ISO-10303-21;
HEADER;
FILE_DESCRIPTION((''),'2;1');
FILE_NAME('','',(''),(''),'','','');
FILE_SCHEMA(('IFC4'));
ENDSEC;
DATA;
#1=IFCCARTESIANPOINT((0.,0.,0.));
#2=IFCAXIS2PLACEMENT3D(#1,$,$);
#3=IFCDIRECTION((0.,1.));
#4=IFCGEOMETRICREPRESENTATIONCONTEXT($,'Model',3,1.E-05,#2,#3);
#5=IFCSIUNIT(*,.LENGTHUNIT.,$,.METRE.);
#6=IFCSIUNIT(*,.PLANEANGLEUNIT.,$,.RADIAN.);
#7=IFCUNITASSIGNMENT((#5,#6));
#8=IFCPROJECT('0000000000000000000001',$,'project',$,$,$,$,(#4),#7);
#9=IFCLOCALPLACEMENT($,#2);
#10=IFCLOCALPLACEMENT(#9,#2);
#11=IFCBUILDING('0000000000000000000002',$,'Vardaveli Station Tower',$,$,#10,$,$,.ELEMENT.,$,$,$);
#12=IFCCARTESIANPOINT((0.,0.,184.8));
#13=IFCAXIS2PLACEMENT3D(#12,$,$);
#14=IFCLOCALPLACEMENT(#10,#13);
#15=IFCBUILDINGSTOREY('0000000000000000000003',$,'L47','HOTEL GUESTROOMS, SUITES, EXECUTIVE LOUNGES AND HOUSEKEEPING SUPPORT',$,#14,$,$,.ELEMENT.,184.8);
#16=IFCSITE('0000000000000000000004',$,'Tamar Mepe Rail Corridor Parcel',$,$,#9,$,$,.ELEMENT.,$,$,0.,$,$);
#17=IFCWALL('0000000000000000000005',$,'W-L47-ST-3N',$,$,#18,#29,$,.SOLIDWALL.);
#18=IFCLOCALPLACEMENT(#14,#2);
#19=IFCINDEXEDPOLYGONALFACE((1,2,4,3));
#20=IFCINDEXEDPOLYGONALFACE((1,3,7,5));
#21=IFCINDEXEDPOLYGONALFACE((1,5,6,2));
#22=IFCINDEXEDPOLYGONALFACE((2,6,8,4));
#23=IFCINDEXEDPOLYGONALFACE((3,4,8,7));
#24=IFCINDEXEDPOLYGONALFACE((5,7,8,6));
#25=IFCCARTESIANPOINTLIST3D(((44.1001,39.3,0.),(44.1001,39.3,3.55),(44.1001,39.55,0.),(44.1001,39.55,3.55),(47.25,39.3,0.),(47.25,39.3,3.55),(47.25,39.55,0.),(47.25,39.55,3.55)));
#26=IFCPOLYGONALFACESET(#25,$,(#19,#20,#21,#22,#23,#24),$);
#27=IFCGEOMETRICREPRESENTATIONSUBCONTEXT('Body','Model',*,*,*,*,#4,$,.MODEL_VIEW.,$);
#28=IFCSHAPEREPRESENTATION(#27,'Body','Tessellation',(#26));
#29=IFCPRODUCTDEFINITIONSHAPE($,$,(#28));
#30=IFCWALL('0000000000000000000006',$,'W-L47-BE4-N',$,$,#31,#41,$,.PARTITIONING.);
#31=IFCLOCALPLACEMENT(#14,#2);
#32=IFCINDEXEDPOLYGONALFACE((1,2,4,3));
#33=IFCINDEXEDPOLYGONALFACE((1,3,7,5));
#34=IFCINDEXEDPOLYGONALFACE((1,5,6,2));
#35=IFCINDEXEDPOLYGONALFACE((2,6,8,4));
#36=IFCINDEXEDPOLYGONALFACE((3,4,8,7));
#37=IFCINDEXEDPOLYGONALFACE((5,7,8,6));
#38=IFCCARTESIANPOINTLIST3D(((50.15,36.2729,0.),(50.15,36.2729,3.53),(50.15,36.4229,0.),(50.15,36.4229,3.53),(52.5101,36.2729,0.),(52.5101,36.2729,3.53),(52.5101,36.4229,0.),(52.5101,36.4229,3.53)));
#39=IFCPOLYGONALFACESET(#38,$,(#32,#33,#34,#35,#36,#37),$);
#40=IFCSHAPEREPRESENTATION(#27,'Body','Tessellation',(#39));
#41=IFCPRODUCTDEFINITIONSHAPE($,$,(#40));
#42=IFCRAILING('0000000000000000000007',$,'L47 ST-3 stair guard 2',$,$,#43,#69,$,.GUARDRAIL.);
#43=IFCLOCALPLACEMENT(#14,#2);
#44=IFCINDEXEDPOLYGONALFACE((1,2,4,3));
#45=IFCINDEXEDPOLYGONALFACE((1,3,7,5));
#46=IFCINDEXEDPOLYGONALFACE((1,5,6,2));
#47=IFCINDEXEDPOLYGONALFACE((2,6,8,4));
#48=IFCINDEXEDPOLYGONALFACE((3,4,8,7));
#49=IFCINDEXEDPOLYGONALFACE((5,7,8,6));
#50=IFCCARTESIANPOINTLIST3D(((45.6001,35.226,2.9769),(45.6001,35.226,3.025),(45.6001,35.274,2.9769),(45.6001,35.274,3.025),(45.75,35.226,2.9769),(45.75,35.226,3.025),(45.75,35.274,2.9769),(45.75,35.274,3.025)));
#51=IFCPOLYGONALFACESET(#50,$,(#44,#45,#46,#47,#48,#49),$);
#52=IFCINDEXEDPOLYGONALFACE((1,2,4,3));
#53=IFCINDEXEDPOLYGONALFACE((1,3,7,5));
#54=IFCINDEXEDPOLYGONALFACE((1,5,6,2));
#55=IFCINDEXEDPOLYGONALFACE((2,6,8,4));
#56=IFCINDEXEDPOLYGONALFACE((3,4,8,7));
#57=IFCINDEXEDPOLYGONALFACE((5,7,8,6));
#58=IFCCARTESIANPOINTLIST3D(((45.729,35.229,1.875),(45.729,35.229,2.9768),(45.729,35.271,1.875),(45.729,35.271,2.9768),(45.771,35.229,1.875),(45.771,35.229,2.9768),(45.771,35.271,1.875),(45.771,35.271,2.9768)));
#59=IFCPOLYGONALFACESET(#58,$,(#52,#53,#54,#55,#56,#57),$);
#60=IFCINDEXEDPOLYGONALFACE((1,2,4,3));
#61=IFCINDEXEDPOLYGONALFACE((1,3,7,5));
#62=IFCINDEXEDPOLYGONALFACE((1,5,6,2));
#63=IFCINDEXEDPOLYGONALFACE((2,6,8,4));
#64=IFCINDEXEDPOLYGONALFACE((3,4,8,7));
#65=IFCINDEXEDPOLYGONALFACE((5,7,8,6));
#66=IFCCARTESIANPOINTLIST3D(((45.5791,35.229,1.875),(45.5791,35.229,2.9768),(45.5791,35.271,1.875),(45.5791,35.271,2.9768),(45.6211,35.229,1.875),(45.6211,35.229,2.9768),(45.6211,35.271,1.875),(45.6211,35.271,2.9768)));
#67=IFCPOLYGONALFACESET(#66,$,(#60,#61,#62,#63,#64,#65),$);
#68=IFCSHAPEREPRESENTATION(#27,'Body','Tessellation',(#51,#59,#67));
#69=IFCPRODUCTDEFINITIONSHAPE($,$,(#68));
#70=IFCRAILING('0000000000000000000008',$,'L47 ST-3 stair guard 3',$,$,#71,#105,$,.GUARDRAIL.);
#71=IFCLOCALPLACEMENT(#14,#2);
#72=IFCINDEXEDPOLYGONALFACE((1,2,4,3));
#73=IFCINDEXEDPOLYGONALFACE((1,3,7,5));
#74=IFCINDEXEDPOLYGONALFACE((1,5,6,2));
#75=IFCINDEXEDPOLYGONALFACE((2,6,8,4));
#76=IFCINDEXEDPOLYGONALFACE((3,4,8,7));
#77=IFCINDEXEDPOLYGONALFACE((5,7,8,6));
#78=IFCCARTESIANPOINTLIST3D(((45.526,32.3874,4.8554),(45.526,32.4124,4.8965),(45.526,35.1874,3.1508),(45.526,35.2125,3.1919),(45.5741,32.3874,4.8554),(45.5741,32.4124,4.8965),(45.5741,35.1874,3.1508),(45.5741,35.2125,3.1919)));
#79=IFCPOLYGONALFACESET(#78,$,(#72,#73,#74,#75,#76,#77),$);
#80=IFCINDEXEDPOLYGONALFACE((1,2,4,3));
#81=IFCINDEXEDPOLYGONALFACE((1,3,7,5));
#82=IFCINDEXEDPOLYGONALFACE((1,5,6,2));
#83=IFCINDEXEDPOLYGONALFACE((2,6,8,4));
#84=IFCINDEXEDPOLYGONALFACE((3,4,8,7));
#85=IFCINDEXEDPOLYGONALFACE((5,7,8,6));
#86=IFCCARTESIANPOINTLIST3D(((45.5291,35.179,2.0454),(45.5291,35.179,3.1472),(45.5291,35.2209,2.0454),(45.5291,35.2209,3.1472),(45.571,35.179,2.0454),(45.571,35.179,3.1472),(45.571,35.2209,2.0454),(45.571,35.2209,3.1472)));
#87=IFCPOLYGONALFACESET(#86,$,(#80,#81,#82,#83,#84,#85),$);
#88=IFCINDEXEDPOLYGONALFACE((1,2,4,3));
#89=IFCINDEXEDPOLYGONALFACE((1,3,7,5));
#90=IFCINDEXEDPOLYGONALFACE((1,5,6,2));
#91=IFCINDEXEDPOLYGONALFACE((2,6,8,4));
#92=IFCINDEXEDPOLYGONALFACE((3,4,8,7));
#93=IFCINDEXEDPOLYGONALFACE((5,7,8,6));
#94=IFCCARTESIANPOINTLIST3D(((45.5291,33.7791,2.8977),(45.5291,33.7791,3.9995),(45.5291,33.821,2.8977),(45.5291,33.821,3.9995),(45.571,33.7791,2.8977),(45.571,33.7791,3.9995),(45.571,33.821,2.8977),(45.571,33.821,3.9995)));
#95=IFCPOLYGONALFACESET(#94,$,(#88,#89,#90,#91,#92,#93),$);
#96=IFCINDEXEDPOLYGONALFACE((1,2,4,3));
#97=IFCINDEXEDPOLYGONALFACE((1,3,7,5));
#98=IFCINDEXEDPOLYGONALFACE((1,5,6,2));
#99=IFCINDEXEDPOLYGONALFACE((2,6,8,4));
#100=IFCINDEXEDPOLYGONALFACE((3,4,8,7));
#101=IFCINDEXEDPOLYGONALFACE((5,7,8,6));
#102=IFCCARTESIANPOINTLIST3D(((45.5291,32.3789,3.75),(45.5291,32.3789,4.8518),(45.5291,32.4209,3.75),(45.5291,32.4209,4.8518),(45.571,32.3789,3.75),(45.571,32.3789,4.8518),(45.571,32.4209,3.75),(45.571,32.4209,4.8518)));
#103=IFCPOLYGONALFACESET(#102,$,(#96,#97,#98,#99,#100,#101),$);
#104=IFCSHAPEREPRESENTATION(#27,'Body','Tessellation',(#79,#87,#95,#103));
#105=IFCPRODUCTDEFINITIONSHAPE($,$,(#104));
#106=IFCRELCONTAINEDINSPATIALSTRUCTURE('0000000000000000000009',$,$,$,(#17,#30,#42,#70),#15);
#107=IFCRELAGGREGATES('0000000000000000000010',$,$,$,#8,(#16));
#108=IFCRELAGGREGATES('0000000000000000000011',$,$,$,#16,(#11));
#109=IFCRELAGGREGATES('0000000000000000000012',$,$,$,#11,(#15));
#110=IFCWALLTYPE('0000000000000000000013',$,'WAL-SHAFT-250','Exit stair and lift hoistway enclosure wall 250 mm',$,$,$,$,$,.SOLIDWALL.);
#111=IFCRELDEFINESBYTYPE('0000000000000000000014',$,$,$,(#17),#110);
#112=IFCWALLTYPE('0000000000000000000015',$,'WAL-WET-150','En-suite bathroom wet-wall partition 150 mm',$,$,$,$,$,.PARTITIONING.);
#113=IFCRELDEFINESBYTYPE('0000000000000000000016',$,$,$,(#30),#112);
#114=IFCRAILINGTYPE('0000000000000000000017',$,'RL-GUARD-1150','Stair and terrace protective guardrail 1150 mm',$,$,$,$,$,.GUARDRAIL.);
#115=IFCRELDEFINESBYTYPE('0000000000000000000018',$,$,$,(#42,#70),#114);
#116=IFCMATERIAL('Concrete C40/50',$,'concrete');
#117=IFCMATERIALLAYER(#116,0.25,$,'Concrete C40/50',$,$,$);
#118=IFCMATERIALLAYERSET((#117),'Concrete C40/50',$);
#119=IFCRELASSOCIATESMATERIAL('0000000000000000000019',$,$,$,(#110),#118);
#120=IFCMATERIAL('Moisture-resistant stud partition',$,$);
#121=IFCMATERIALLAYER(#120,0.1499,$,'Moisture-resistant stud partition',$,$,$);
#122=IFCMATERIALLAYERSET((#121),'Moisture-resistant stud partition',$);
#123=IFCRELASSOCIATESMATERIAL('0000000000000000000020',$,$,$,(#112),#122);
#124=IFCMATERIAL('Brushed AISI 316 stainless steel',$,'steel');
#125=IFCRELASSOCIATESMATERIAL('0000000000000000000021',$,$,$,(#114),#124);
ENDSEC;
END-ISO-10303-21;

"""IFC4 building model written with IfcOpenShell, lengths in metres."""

from ifc_helpers import new_model, si_unit, direction, frame, frame_2d, origin, origin_2d, place, context, subcontext, project, spatial, rectangle, extrude, source, transform, mapped, material, layer, layer_set, type_object, element, save


model = new_model("IFC4")

# Units and contexts
model_context = context("Model", 3, precision=1e-05, world=origin(), true_north=direction((0.0, 1.0)))
body_context = subcontext(model_context, "Body", "Model", "MODEL_VIEW")
ifc_project = project(units=[si_unit("LENGTHUNIT", "METRE"), si_unit("PLANEANGLEUNIT", "RADIAN")], contexts=[model_context])

# Site, building, storey
site_placement = place(None, origin())
site = spatial("IfcSite", under=ifc_project, at=site_placement, Name="Tamar Mepe Rail Corridor Parcel", CompositionType="ELEMENT", RefElevation=0.0)
building_placement = place(site_placement, origin())
building = spatial("IfcBuilding", under=site, at=building_placement, Name="Vardaveli Station Tower", CompositionType="ELEMENT")
storey_placement = place(building_placement, frame((0.0, 0.0, 184.8)))
storey = spatial("IfcBuildingStorey", under=building, at=storey_placement, Name="L47", Description="HOTEL GUESTROOMS, SUITES, EXECUTIVE LOUNGES AND HOUSEKEEPING SUPPORT", CompositionType="ELEMENT", Elevation=184.8)

# Walls
ifc_material_1 = material(Name="Concrete C40/50", Category="concrete")
ifc_layer_1 = layer(ifc_material_1, 0.25, Name="Concrete C40/50")
ifc_layer_set_1 = layer_set([ifc_layer_1], Name="Concrete C40/50")
wall_type_1 = type_object("IfcWallType", Name="WAL-SHAFT-250", Description="Exit stair and lift hoistway enclosure wall 250 mm", PredefinedType="SOLIDWALL", material=ifc_layer_set_1)
shared_shape_1 = source(origin(), body_context, "Body", "SweptSolid", [
    extrude(rectangle(XDim=3.1499, YDim=0.25, at=frame_2d((1.575, 0.0))), origin(), (0.0, 0.0, 1.0), 3.55),
])
wall_1_placement = place(storey_placement, frame((44.1001, 39.425, 0.0), z_axis=(0.0, 0.0, 1.0), x_axis=(1.0, 0.0, 0.0)))
element("IfcWall", 1, at=wall_1_placement, inside=storey, type_object=wall_type_1, Name="W-L47-ST-3N", PredefinedType="SOLIDWALL", context=body_context, shape_type="MappedRepresentation", body=[
    mapped(shared_shape_1, transform((0.0, 0.0, 0.0), scale=1.0)),
])
ifc_material_2 = material(Name="Moisture-resistant stud partition")
ifc_layer_2 = layer(ifc_material_2, 0.1499, Name="Moisture-resistant stud partition")
ifc_layer_set_2 = layer_set([ifc_layer_2], Name="Moisture-resistant stud partition")
wall_type_2 = type_object("IfcWallType", Name="WAL-WET-150", Description="En-suite bathroom wet-wall partition 150 mm", PredefinedType="PARTITIONING", material=ifc_layer_set_2)
shared_shape_2 = source(origin(), body_context, "Body", "SweptSolid", [
    extrude(rectangle(XDim=2.3601, YDim=0.1499, at=frame_2d((1.1802, 0.0))), origin(), (0.0, 0.0, 1.0), 3.53),
])
wall_2_placement = place(storey_placement, frame((50.1499, 36.3479, 0.0), z_axis=(0.0, 0.0, 1.0), x_axis=(1.0, 0.0, 0.0)))
element("IfcWall", 2, at=wall_2_placement, inside=storey, type_object=wall_type_2, Name="W-L47-BE4-N", PredefinedType="PARTITIONING", context=body_context, shape_type="MappedRepresentation", body=[
    mapped(shared_shape_2, transform((0.0, 0.0, 0.0), scale=1.0)),
])

# Railings
ifc_material_3 = material(Name="Brushed AISI 316 stainless steel", Category="steel")
railing_type = type_object("IfcRailingType", Name="RL-GUARD-1150", Description="Stair and terrace protective guardrail 1150 mm", PredefinedType="GUARDRAIL", material=ifc_material_3)
shared_shape_3 = source(origin(), body_context, "Body", "SweptSolid", [
    extrude(rectangle(XDim=0.0481, YDim=0.0481, at=origin_2d()), frame((0.0, 0.0, 1.126), z_axis=(-1.0, 0.0, 0.0), x_axis=(0.0, -1.0, 0.0)), (0.0, 0.0, 1.0), 0.1499),
    extrude(rectangle(XDim=0.042, YDim=0.042, at=origin_2d()), origin(), (0.0, 0.0, 1.0), 1.1018),
    extrude(rectangle(XDim=0.042, YDim=0.042, at=origin_2d()), frame((-0.1499, 0.0, 0.0)), (0.0, 0.0, 1.0), 1.1018),
])
railing_1_placement = place(storey_placement, frame((45.75, 35.25, 1.875)))
element("IfcRailing", 3, at=railing_1_placement, inside=storey, type_object=railing_type, Name="L47 ST-3 stair guard 2", PredefinedType="GUARDRAIL", context=body_context, shape_type="MappedRepresentation", body=[
    mapped(shared_shape_3, transform((0.0, 0.0, 0.0), scale=1.0)),
])
shared_shape_4 = source(origin(), body_context, "Body", "SweptSolid", [
    extrude(rectangle(XDim=0.0481, YDim=0.0481, at=origin_2d()), frame((0.0, 0.0, 1.126), z_axis=(0.0, -0.85417, 0.519994), x_axis=(1.0, 0.0, 0.0)), (0.0, 0.0, 1.0), 3.2781),
    extrude(rectangle(XDim=0.042, YDim=0.042, at=origin_2d()), origin(), (0.0, 0.0, 1.0), 1.1018),
    extrude(rectangle(XDim=0.042, YDim=0.042, at=origin_2d()), frame((0.0, -1.3999, 0.8523)), (0.0, 0.0, 1.0), 1.1018),
    extrude(rectangle(XDim=0.042, YDim=0.042, at=origin_2d()), frame((0.0, -2.8, 1.7046)), (0.0, 0.0, 1.0), 1.1018),
])
railing_2_placement = place(storey_placement, frame((45.55, 35.2, 2.0454)))
element("IfcRailing", 4, at=railing_2_placement, inside=storey, type_object=railing_type, Name="L47 ST-3 stair guard 3", PredefinedType="GUARDRAIL", context=body_context, shape_type="MappedRepresentation", body=[
    mapped(shared_shape_4, transform((0.0, 0.0, 0.0), scale=1.0)),
])

save(model, "model.ifc")
